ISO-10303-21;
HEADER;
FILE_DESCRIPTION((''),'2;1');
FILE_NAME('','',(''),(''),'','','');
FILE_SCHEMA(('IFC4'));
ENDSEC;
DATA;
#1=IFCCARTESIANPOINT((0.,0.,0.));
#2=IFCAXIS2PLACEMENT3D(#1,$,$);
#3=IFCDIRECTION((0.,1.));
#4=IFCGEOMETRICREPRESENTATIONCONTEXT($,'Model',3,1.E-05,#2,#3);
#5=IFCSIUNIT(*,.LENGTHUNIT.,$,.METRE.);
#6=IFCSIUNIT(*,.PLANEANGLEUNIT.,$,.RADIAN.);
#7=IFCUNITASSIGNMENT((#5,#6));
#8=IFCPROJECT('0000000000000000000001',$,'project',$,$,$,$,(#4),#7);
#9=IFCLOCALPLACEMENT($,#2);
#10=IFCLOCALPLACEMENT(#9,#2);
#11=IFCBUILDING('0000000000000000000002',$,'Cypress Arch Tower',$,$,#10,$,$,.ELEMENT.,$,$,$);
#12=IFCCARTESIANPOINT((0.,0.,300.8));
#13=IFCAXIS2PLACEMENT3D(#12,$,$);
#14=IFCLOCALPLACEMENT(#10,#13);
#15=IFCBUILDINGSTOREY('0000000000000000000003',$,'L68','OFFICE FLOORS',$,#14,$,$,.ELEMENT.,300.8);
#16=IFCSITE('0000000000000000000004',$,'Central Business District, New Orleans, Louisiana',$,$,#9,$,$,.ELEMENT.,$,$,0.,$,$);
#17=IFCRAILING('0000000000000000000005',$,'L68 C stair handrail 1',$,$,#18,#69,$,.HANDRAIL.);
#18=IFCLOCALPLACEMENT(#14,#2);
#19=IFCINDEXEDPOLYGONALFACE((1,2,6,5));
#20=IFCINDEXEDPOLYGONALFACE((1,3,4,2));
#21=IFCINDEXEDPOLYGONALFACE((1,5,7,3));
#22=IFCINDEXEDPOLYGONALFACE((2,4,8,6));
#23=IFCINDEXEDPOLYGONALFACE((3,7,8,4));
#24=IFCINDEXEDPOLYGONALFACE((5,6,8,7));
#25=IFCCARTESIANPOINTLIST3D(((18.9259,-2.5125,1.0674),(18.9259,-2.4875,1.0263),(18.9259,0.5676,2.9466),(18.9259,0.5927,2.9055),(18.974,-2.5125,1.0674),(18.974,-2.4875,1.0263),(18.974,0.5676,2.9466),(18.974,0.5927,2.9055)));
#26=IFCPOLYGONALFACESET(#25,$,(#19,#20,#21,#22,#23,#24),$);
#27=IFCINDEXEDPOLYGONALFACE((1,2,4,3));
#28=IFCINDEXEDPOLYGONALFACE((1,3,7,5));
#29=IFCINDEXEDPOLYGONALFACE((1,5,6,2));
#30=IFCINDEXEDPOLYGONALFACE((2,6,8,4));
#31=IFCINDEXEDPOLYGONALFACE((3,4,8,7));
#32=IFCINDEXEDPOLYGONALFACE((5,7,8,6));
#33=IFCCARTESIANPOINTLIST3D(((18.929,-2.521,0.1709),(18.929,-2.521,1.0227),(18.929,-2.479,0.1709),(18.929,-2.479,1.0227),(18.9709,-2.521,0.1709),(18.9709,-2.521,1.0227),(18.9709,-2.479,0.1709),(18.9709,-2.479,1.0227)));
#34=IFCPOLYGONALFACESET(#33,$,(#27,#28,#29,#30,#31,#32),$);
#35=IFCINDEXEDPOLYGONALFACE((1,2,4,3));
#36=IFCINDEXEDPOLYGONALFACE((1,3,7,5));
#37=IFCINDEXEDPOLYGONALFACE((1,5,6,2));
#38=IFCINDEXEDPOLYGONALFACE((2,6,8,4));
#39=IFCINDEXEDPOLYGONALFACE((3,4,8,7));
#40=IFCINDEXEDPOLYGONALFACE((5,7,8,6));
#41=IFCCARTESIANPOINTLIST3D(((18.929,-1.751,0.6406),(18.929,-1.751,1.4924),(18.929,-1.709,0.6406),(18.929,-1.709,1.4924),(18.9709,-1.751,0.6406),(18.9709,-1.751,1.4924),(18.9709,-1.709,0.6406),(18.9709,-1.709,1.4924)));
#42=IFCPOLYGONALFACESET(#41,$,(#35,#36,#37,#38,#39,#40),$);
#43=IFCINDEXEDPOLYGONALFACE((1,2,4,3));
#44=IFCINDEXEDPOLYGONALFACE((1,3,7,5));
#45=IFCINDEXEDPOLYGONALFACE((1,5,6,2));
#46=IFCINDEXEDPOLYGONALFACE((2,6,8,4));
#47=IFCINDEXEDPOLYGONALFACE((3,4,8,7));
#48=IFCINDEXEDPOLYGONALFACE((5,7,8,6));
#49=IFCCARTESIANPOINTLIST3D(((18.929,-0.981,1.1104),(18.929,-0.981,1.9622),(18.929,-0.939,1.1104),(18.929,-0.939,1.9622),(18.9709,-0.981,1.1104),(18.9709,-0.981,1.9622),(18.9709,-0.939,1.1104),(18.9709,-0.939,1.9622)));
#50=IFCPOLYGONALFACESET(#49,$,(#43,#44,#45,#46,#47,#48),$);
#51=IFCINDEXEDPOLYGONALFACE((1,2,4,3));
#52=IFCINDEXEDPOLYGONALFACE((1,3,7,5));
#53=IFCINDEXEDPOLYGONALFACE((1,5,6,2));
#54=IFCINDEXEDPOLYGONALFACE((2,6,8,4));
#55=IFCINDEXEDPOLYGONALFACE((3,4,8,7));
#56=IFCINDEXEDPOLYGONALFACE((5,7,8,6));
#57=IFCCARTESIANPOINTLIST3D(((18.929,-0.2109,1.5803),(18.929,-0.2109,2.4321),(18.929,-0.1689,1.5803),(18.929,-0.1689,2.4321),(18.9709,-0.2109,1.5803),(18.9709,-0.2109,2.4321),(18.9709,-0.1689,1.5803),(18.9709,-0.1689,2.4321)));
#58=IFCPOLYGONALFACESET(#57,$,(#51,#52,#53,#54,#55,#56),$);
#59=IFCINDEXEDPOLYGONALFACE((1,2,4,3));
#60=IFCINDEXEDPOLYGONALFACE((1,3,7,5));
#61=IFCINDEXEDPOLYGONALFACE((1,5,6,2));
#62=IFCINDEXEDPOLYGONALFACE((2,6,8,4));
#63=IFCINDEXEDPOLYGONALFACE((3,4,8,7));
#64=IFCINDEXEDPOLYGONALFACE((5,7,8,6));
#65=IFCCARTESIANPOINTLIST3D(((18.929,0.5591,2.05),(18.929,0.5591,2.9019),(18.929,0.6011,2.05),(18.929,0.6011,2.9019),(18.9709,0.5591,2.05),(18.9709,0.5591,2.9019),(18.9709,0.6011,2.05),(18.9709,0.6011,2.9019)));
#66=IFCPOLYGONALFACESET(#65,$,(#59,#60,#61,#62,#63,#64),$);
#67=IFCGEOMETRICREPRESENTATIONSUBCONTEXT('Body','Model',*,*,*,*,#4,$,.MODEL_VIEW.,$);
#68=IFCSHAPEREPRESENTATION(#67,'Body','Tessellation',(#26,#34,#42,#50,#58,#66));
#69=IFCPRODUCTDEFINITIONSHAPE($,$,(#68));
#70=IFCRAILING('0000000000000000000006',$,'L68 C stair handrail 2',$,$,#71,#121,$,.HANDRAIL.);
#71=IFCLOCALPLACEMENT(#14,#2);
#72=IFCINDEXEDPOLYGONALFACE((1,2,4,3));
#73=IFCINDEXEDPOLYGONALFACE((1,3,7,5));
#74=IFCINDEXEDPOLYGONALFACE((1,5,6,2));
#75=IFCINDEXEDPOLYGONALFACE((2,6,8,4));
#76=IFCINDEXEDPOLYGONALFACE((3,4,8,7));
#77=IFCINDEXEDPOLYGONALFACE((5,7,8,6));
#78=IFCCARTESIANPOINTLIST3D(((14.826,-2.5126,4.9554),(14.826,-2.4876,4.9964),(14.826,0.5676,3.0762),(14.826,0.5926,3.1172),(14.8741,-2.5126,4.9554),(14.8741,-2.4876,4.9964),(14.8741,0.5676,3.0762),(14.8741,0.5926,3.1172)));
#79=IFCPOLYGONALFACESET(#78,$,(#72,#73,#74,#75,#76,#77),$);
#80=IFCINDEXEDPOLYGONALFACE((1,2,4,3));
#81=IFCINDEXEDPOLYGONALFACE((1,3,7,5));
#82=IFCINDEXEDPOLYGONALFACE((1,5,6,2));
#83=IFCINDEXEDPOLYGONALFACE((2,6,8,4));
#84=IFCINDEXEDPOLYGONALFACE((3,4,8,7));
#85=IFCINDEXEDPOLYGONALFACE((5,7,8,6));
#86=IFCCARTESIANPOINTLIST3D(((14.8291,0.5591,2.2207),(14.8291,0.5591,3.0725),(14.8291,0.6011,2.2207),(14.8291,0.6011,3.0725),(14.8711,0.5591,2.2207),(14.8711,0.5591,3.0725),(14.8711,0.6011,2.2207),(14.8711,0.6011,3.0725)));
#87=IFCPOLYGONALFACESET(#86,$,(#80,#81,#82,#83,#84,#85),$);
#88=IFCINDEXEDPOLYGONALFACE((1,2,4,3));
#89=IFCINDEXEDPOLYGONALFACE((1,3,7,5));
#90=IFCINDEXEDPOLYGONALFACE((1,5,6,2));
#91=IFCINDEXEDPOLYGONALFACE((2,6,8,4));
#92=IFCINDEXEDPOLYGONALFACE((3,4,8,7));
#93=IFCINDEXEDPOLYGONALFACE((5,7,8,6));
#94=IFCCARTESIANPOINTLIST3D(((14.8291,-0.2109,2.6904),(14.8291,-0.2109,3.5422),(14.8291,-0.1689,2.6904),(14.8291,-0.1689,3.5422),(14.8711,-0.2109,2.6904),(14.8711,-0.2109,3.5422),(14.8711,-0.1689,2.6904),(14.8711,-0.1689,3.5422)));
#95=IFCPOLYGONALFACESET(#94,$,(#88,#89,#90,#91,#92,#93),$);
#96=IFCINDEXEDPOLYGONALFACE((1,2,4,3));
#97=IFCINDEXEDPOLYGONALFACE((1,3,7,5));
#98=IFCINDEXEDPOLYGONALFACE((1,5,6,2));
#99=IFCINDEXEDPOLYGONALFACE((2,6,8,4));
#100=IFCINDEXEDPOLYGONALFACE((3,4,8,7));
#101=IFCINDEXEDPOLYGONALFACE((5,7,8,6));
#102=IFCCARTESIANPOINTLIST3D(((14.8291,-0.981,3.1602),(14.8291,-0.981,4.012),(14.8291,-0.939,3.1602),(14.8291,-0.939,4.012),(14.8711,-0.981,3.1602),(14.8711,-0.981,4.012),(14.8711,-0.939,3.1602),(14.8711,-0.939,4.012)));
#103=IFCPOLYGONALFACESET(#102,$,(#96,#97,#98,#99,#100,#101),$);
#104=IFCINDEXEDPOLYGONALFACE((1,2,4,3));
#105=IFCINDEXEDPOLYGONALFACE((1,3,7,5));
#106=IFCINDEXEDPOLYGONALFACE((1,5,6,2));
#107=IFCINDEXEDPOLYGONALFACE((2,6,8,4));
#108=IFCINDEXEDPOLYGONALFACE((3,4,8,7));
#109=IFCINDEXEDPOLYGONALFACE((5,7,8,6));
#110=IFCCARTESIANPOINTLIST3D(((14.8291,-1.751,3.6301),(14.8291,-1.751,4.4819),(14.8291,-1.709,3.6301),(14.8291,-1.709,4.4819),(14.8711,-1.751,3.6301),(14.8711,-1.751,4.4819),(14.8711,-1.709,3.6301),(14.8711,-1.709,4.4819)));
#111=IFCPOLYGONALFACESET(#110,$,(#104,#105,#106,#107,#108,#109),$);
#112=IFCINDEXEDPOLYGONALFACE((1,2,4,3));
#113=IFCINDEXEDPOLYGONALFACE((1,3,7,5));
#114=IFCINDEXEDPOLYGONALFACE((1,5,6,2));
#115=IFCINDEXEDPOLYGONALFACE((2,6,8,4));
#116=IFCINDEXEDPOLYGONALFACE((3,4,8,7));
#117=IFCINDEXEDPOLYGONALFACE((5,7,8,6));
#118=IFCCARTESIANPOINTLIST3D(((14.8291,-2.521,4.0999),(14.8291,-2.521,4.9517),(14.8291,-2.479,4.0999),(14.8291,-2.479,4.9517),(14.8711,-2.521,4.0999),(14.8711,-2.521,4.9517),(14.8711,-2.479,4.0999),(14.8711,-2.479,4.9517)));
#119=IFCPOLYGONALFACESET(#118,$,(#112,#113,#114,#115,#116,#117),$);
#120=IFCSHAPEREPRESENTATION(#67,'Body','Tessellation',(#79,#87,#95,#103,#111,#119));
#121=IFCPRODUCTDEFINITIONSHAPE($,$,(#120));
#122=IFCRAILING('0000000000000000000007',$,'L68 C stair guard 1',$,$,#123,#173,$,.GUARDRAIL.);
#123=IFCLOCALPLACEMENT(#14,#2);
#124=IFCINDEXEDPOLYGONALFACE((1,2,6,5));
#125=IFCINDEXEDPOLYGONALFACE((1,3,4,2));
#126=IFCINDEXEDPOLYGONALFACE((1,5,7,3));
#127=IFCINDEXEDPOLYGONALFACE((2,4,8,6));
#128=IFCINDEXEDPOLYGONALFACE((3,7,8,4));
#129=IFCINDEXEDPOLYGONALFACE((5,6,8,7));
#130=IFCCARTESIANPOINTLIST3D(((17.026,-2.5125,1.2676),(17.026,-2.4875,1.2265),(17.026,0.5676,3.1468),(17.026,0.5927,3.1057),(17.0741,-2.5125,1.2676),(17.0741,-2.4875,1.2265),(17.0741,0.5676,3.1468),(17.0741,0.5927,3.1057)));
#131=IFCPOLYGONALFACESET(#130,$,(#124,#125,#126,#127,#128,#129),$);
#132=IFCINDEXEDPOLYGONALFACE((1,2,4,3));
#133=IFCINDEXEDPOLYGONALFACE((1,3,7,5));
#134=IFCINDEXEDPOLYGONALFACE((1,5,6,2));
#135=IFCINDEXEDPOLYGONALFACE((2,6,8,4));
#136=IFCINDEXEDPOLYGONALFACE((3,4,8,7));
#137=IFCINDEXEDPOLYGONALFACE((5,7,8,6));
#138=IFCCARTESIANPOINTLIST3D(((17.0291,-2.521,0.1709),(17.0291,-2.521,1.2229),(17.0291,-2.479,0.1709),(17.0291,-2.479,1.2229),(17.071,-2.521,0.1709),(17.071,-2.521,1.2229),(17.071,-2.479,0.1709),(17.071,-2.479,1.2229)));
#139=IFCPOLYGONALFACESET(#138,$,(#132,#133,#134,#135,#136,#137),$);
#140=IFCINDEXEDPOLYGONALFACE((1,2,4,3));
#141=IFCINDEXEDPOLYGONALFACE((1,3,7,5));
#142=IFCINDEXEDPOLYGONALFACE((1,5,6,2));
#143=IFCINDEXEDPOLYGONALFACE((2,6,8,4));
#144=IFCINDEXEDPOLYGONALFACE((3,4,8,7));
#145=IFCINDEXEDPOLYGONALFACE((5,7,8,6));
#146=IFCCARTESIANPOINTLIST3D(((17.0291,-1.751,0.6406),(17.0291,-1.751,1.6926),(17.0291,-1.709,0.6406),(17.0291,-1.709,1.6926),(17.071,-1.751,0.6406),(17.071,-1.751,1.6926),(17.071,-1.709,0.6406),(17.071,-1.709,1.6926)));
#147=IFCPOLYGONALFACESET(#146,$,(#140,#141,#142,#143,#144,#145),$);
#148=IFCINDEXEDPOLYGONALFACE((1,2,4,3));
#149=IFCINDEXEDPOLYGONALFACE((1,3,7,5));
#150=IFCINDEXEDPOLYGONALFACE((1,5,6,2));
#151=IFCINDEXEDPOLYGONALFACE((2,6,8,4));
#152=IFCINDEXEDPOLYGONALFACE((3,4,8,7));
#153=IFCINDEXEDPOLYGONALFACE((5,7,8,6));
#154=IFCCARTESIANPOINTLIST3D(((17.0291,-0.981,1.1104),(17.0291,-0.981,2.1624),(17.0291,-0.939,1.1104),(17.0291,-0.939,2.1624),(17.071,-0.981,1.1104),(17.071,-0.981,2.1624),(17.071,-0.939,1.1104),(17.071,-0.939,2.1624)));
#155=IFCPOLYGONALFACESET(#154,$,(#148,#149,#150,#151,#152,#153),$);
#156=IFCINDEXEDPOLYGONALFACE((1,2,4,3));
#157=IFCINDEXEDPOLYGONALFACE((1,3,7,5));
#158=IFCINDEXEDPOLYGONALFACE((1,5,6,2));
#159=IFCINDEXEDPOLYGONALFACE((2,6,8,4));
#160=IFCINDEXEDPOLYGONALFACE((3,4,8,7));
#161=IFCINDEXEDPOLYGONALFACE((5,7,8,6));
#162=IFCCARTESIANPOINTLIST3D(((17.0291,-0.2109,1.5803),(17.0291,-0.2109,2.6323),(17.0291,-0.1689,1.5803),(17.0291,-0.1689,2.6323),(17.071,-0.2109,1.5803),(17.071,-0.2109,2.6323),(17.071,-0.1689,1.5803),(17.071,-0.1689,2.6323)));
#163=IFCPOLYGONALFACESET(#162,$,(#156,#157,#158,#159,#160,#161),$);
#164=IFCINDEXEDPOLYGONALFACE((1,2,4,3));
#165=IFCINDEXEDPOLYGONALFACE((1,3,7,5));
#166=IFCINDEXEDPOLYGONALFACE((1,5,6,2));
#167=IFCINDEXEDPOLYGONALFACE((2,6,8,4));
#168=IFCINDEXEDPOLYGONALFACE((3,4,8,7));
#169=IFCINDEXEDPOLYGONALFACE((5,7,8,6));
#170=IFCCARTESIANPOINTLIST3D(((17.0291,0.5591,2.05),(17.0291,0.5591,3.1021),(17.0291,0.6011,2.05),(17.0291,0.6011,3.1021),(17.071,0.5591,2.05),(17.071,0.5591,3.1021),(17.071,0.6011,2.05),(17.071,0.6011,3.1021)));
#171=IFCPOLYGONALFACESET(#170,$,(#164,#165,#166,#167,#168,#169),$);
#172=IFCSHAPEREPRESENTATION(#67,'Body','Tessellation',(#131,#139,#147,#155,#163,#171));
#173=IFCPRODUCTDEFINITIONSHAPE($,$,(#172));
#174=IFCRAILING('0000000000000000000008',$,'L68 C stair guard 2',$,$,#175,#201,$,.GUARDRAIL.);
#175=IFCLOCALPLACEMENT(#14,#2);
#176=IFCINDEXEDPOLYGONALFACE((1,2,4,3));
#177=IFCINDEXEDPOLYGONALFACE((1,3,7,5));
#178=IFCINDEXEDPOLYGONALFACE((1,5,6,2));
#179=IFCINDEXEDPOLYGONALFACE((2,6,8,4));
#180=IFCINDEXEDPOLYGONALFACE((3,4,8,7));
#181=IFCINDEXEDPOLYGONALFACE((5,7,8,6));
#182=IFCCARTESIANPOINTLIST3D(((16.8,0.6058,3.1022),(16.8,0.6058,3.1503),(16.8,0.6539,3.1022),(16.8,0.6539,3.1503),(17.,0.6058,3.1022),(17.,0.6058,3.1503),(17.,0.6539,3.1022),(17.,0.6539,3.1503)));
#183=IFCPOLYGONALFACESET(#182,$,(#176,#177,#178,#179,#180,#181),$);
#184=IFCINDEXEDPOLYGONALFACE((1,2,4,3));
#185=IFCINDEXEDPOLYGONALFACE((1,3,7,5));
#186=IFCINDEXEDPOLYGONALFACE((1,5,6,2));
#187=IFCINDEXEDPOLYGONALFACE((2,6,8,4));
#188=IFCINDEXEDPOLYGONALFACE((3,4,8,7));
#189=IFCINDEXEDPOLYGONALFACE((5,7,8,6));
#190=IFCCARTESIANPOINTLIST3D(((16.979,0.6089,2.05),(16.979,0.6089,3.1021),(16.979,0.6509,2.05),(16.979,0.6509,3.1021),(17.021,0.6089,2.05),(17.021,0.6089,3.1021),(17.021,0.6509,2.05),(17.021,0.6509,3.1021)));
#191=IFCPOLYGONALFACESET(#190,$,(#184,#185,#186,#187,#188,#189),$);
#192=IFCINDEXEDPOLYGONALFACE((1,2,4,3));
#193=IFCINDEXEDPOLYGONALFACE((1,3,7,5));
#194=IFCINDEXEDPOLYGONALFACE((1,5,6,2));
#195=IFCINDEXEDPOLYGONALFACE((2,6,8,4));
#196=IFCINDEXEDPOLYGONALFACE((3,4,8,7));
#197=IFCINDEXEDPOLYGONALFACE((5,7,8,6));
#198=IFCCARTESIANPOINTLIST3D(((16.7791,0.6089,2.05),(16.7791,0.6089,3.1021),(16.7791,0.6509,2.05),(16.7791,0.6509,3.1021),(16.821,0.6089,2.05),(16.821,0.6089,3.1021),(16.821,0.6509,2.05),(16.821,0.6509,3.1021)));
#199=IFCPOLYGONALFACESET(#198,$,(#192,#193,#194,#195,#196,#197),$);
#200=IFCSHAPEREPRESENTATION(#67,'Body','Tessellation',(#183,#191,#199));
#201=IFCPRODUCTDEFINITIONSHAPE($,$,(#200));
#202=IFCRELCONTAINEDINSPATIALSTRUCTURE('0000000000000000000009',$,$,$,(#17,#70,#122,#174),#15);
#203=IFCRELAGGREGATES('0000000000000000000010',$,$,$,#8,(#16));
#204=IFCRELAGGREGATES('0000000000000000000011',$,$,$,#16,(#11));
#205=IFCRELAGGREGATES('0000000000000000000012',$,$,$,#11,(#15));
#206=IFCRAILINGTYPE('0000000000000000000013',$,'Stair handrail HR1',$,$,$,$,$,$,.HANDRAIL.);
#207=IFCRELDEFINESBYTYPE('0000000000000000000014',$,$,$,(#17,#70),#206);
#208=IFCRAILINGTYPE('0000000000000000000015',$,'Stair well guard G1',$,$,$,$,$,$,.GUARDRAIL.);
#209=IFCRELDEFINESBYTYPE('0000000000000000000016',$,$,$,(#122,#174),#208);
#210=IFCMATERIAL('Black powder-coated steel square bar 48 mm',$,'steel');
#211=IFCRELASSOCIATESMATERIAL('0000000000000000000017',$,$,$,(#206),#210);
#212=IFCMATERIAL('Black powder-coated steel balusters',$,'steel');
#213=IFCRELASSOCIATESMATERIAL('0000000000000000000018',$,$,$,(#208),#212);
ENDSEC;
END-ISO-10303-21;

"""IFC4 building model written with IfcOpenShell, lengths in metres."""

from ifc_helpers import new_model, si_unit, direction, frame, origin, origin_2d, place, context, subcontext, project, spatial, rectangle, extrude, material, type_object, element, save


model = new_model("IFC4")

# Units and contexts
model_context = context("Model", 3, precision=1e-05, world=origin(), true_north=direction((0.0, 1.0)))
body_context = subcontext(model_context, "Body", "Model", "MODEL_VIEW")
ifc_project = project(units=[si_unit("LENGTHUNIT", "METRE"), si_unit("PLANEANGLEUNIT", "RADIAN")], contexts=[model_context])

# Site, building, storey
site_placement = place(None, origin())
site = spatial("IfcSite", under=ifc_project, at=site_placement, Name="Central Business District, New Orleans, Louisiana", CompositionType="ELEMENT", RefElevation=0.0)
building_placement = place(site_placement, origin())
building = spatial("IfcBuilding", under=site, at=building_placement, Name="Cypress Arch Tower", CompositionType="ELEMENT")
storey_placement = place(building_placement, frame((0.0, 0.0, 300.8)))
storey = spatial("IfcBuildingStorey", under=building, at=storey_placement, Name="L68", Description="OFFICE FLOORS", CompositionType="ELEMENT", Elevation=300.8)

# Railings
ifc_material_1 = material(Name="Black powder-coated steel square bar 48 mm", Category="steel")
railing_type_1 = type_object("IfcRailingType", Name="Stair handrail HR1", PredefinedType="HANDRAIL", material=ifc_material_1)
railing_1_placement = place(storey_placement, frame((18.95, -2.5, 0.1709)))
element("IfcRailing", 1, at=railing_1_placement, inside=storey, type_object=railing_type_1, Name="L68 C stair handrail 1", PredefinedType="HANDRAIL", context=body_context, shape_type="SweptSolid", body=[
    extrude(rectangle(XDim=0.0481, YDim=0.0481, at=origin_2d()), frame((0.0, 0.0, 0.876), z_axis=(0.0, 0.853666, 0.52082), x_axis=(-1.0, 0.0, 0.0)), (0.0, 0.0, 1.0), 3.6082),
    extrude(rectangle(XDim=0.042, YDim=0.042, at=origin_2d()), origin(), (0.0, 0.0, 1.0), 0.8518),
    extrude(rectangle(XDim=0.042, YDim=0.042, at=origin_2d()), frame((0.0, 0.77, 0.4697)), (0.0, 0.0, 1.0), 0.8518),
    extrude(rectangle(XDim=0.042, YDim=0.042, at=origin_2d()), frame((0.0, 1.54, 0.9395)), (0.0, 0.0, 1.0), 0.8518),
    extrude(rectangle(XDim=0.042, YDim=0.042, at=origin_2d()), frame((0.0, 2.3101, 1.4094)), (0.0, 0.0, 1.0), 0.8518),
    extrude(rectangle(XDim=0.042, YDim=0.042, at=origin_2d()), frame((0.0, 3.0801, 1.8792)), (0.0, 0.0, 1.0), 0.8518),
])
railing_2_placement = place(storey_placement, frame((14.8501, 0.5801, 2.2207)))
element("IfcRailing", 2, at=railing_2_placement, inside=storey, type_object=railing_type_1, Name="L68 C stair handrail 2", PredefinedType="HANDRAIL", context=body_context, shape_type="SweptSolid", body=[
    extrude(rectangle(XDim=0.0481, YDim=0.0481, at=origin_2d()), frame((0.0, 0.0, 0.876), z_axis=(0.0, -0.853666, 0.52082), x_axis=(1.0, 0.0, 0.0)), (0.0, 0.0, 1.0), 3.6082),
    extrude(rectangle(XDim=0.042, YDim=0.042, at=origin_2d()), origin(), (0.0, 0.0, 1.0), 0.8518),
    extrude(rectangle(XDim=0.042, YDim=0.042, at=origin_2d()), frame((0.0, -0.77, 0.4697)), (0.0, 0.0, 1.0), 0.8518),
    extrude(rectangle(XDim=0.042, YDim=0.042, at=origin_2d()), frame((0.0, -1.54, 0.9395)), (0.0, 0.0, 1.0), 0.8518),
    extrude(rectangle(XDim=0.042, YDim=0.042, at=origin_2d()), frame((0.0, -2.3101, 1.4094)), (0.0, 0.0, 1.0), 0.8518),
    extrude(rectangle(XDim=0.042, YDim=0.042, at=origin_2d()), frame((0.0, -3.0801, 1.8792)), (0.0, 0.0, 1.0), 0.8518),
])
ifc_material_2 = material(Name="Black powder-coated steel balusters", Category="steel")
railing_type_2 = type_object("IfcRailingType", Name="Stair well guard G1", PredefinedType="GUARDRAIL", material=ifc_material_2)
railing_3_placement = place(storey_placement, frame((17.05, -2.5, 0.1709)))
element("IfcRailing", 3, at=railing_3_placement, inside=storey, type_object=railing_type_2, Name="L68 C stair guard 1", PredefinedType="GUARDRAIL", context=body_context, shape_type="SweptSolid", body=[
    extrude(rectangle(XDim=0.0481, YDim=0.0481, at=origin_2d()), frame((0.0, 0.0, 1.0762), z_axis=(0.0, 0.853666, 0.52082), x_axis=(-1.0, 0.0, 0.0)), (0.0, 0.0, 1.0), 3.6082),
    extrude(rectangle(XDim=0.042, YDim=0.042, at=origin_2d()), origin(), (0.0, 0.0, 1.0), 1.052),
    extrude(rectangle(XDim=0.042, YDim=0.042, at=origin_2d()), frame((0.0, 0.77, 0.4697)), (0.0, 0.0, 1.0), 1.052),
    extrude(rectangle(XDim=0.042, YDim=0.042, at=origin_2d()), frame((0.0, 1.54, 0.9395)), (0.0, 0.0, 1.0), 1.052),
    extrude(rectangle(XDim=0.042, YDim=0.042, at=origin_2d()), frame((0.0, 2.3101, 1.4094)), (0.0, 0.0, 1.0), 1.052),
    extrude(rectangle(XDim=0.042, YDim=0.042, at=origin_2d()), frame((0.0, 3.0801, 1.8792)), (0.0, 0.0, 1.0), 1.052),
])
railing_4_placement = place(storey_placement, frame((17.0, 0.6299, 2.05)))
element("IfcRailing", 4, at=railing_4_placement, inside=storey, type_object=railing_type_2, Name="L68 C stair guard 2", PredefinedType="GUARDRAIL", context=body_context, shape_type="SweptSolid", body=[
    extrude(rectangle(XDim=0.0481, YDim=0.0481, at=origin_2d()), frame((0.0, 0.0, 1.0762), z_axis=(-1.0, 0.0, 0.0), x_axis=(0.0, -1.0, 0.0)), (0.0, 0.0, 1.0), 0.2),
    extrude(rectangle(XDim=0.042, YDim=0.042, at=origin_2d()), origin(), (0.0, 0.0, 1.0), 1.052),
    extrude(rectangle(XDim=0.042, YDim=0.042, at=origin_2d()), frame((-0.2, 0.0, 0.0)), (0.0, 0.0, 1.0), 1.052),
])

save(model, "model.ifc")
